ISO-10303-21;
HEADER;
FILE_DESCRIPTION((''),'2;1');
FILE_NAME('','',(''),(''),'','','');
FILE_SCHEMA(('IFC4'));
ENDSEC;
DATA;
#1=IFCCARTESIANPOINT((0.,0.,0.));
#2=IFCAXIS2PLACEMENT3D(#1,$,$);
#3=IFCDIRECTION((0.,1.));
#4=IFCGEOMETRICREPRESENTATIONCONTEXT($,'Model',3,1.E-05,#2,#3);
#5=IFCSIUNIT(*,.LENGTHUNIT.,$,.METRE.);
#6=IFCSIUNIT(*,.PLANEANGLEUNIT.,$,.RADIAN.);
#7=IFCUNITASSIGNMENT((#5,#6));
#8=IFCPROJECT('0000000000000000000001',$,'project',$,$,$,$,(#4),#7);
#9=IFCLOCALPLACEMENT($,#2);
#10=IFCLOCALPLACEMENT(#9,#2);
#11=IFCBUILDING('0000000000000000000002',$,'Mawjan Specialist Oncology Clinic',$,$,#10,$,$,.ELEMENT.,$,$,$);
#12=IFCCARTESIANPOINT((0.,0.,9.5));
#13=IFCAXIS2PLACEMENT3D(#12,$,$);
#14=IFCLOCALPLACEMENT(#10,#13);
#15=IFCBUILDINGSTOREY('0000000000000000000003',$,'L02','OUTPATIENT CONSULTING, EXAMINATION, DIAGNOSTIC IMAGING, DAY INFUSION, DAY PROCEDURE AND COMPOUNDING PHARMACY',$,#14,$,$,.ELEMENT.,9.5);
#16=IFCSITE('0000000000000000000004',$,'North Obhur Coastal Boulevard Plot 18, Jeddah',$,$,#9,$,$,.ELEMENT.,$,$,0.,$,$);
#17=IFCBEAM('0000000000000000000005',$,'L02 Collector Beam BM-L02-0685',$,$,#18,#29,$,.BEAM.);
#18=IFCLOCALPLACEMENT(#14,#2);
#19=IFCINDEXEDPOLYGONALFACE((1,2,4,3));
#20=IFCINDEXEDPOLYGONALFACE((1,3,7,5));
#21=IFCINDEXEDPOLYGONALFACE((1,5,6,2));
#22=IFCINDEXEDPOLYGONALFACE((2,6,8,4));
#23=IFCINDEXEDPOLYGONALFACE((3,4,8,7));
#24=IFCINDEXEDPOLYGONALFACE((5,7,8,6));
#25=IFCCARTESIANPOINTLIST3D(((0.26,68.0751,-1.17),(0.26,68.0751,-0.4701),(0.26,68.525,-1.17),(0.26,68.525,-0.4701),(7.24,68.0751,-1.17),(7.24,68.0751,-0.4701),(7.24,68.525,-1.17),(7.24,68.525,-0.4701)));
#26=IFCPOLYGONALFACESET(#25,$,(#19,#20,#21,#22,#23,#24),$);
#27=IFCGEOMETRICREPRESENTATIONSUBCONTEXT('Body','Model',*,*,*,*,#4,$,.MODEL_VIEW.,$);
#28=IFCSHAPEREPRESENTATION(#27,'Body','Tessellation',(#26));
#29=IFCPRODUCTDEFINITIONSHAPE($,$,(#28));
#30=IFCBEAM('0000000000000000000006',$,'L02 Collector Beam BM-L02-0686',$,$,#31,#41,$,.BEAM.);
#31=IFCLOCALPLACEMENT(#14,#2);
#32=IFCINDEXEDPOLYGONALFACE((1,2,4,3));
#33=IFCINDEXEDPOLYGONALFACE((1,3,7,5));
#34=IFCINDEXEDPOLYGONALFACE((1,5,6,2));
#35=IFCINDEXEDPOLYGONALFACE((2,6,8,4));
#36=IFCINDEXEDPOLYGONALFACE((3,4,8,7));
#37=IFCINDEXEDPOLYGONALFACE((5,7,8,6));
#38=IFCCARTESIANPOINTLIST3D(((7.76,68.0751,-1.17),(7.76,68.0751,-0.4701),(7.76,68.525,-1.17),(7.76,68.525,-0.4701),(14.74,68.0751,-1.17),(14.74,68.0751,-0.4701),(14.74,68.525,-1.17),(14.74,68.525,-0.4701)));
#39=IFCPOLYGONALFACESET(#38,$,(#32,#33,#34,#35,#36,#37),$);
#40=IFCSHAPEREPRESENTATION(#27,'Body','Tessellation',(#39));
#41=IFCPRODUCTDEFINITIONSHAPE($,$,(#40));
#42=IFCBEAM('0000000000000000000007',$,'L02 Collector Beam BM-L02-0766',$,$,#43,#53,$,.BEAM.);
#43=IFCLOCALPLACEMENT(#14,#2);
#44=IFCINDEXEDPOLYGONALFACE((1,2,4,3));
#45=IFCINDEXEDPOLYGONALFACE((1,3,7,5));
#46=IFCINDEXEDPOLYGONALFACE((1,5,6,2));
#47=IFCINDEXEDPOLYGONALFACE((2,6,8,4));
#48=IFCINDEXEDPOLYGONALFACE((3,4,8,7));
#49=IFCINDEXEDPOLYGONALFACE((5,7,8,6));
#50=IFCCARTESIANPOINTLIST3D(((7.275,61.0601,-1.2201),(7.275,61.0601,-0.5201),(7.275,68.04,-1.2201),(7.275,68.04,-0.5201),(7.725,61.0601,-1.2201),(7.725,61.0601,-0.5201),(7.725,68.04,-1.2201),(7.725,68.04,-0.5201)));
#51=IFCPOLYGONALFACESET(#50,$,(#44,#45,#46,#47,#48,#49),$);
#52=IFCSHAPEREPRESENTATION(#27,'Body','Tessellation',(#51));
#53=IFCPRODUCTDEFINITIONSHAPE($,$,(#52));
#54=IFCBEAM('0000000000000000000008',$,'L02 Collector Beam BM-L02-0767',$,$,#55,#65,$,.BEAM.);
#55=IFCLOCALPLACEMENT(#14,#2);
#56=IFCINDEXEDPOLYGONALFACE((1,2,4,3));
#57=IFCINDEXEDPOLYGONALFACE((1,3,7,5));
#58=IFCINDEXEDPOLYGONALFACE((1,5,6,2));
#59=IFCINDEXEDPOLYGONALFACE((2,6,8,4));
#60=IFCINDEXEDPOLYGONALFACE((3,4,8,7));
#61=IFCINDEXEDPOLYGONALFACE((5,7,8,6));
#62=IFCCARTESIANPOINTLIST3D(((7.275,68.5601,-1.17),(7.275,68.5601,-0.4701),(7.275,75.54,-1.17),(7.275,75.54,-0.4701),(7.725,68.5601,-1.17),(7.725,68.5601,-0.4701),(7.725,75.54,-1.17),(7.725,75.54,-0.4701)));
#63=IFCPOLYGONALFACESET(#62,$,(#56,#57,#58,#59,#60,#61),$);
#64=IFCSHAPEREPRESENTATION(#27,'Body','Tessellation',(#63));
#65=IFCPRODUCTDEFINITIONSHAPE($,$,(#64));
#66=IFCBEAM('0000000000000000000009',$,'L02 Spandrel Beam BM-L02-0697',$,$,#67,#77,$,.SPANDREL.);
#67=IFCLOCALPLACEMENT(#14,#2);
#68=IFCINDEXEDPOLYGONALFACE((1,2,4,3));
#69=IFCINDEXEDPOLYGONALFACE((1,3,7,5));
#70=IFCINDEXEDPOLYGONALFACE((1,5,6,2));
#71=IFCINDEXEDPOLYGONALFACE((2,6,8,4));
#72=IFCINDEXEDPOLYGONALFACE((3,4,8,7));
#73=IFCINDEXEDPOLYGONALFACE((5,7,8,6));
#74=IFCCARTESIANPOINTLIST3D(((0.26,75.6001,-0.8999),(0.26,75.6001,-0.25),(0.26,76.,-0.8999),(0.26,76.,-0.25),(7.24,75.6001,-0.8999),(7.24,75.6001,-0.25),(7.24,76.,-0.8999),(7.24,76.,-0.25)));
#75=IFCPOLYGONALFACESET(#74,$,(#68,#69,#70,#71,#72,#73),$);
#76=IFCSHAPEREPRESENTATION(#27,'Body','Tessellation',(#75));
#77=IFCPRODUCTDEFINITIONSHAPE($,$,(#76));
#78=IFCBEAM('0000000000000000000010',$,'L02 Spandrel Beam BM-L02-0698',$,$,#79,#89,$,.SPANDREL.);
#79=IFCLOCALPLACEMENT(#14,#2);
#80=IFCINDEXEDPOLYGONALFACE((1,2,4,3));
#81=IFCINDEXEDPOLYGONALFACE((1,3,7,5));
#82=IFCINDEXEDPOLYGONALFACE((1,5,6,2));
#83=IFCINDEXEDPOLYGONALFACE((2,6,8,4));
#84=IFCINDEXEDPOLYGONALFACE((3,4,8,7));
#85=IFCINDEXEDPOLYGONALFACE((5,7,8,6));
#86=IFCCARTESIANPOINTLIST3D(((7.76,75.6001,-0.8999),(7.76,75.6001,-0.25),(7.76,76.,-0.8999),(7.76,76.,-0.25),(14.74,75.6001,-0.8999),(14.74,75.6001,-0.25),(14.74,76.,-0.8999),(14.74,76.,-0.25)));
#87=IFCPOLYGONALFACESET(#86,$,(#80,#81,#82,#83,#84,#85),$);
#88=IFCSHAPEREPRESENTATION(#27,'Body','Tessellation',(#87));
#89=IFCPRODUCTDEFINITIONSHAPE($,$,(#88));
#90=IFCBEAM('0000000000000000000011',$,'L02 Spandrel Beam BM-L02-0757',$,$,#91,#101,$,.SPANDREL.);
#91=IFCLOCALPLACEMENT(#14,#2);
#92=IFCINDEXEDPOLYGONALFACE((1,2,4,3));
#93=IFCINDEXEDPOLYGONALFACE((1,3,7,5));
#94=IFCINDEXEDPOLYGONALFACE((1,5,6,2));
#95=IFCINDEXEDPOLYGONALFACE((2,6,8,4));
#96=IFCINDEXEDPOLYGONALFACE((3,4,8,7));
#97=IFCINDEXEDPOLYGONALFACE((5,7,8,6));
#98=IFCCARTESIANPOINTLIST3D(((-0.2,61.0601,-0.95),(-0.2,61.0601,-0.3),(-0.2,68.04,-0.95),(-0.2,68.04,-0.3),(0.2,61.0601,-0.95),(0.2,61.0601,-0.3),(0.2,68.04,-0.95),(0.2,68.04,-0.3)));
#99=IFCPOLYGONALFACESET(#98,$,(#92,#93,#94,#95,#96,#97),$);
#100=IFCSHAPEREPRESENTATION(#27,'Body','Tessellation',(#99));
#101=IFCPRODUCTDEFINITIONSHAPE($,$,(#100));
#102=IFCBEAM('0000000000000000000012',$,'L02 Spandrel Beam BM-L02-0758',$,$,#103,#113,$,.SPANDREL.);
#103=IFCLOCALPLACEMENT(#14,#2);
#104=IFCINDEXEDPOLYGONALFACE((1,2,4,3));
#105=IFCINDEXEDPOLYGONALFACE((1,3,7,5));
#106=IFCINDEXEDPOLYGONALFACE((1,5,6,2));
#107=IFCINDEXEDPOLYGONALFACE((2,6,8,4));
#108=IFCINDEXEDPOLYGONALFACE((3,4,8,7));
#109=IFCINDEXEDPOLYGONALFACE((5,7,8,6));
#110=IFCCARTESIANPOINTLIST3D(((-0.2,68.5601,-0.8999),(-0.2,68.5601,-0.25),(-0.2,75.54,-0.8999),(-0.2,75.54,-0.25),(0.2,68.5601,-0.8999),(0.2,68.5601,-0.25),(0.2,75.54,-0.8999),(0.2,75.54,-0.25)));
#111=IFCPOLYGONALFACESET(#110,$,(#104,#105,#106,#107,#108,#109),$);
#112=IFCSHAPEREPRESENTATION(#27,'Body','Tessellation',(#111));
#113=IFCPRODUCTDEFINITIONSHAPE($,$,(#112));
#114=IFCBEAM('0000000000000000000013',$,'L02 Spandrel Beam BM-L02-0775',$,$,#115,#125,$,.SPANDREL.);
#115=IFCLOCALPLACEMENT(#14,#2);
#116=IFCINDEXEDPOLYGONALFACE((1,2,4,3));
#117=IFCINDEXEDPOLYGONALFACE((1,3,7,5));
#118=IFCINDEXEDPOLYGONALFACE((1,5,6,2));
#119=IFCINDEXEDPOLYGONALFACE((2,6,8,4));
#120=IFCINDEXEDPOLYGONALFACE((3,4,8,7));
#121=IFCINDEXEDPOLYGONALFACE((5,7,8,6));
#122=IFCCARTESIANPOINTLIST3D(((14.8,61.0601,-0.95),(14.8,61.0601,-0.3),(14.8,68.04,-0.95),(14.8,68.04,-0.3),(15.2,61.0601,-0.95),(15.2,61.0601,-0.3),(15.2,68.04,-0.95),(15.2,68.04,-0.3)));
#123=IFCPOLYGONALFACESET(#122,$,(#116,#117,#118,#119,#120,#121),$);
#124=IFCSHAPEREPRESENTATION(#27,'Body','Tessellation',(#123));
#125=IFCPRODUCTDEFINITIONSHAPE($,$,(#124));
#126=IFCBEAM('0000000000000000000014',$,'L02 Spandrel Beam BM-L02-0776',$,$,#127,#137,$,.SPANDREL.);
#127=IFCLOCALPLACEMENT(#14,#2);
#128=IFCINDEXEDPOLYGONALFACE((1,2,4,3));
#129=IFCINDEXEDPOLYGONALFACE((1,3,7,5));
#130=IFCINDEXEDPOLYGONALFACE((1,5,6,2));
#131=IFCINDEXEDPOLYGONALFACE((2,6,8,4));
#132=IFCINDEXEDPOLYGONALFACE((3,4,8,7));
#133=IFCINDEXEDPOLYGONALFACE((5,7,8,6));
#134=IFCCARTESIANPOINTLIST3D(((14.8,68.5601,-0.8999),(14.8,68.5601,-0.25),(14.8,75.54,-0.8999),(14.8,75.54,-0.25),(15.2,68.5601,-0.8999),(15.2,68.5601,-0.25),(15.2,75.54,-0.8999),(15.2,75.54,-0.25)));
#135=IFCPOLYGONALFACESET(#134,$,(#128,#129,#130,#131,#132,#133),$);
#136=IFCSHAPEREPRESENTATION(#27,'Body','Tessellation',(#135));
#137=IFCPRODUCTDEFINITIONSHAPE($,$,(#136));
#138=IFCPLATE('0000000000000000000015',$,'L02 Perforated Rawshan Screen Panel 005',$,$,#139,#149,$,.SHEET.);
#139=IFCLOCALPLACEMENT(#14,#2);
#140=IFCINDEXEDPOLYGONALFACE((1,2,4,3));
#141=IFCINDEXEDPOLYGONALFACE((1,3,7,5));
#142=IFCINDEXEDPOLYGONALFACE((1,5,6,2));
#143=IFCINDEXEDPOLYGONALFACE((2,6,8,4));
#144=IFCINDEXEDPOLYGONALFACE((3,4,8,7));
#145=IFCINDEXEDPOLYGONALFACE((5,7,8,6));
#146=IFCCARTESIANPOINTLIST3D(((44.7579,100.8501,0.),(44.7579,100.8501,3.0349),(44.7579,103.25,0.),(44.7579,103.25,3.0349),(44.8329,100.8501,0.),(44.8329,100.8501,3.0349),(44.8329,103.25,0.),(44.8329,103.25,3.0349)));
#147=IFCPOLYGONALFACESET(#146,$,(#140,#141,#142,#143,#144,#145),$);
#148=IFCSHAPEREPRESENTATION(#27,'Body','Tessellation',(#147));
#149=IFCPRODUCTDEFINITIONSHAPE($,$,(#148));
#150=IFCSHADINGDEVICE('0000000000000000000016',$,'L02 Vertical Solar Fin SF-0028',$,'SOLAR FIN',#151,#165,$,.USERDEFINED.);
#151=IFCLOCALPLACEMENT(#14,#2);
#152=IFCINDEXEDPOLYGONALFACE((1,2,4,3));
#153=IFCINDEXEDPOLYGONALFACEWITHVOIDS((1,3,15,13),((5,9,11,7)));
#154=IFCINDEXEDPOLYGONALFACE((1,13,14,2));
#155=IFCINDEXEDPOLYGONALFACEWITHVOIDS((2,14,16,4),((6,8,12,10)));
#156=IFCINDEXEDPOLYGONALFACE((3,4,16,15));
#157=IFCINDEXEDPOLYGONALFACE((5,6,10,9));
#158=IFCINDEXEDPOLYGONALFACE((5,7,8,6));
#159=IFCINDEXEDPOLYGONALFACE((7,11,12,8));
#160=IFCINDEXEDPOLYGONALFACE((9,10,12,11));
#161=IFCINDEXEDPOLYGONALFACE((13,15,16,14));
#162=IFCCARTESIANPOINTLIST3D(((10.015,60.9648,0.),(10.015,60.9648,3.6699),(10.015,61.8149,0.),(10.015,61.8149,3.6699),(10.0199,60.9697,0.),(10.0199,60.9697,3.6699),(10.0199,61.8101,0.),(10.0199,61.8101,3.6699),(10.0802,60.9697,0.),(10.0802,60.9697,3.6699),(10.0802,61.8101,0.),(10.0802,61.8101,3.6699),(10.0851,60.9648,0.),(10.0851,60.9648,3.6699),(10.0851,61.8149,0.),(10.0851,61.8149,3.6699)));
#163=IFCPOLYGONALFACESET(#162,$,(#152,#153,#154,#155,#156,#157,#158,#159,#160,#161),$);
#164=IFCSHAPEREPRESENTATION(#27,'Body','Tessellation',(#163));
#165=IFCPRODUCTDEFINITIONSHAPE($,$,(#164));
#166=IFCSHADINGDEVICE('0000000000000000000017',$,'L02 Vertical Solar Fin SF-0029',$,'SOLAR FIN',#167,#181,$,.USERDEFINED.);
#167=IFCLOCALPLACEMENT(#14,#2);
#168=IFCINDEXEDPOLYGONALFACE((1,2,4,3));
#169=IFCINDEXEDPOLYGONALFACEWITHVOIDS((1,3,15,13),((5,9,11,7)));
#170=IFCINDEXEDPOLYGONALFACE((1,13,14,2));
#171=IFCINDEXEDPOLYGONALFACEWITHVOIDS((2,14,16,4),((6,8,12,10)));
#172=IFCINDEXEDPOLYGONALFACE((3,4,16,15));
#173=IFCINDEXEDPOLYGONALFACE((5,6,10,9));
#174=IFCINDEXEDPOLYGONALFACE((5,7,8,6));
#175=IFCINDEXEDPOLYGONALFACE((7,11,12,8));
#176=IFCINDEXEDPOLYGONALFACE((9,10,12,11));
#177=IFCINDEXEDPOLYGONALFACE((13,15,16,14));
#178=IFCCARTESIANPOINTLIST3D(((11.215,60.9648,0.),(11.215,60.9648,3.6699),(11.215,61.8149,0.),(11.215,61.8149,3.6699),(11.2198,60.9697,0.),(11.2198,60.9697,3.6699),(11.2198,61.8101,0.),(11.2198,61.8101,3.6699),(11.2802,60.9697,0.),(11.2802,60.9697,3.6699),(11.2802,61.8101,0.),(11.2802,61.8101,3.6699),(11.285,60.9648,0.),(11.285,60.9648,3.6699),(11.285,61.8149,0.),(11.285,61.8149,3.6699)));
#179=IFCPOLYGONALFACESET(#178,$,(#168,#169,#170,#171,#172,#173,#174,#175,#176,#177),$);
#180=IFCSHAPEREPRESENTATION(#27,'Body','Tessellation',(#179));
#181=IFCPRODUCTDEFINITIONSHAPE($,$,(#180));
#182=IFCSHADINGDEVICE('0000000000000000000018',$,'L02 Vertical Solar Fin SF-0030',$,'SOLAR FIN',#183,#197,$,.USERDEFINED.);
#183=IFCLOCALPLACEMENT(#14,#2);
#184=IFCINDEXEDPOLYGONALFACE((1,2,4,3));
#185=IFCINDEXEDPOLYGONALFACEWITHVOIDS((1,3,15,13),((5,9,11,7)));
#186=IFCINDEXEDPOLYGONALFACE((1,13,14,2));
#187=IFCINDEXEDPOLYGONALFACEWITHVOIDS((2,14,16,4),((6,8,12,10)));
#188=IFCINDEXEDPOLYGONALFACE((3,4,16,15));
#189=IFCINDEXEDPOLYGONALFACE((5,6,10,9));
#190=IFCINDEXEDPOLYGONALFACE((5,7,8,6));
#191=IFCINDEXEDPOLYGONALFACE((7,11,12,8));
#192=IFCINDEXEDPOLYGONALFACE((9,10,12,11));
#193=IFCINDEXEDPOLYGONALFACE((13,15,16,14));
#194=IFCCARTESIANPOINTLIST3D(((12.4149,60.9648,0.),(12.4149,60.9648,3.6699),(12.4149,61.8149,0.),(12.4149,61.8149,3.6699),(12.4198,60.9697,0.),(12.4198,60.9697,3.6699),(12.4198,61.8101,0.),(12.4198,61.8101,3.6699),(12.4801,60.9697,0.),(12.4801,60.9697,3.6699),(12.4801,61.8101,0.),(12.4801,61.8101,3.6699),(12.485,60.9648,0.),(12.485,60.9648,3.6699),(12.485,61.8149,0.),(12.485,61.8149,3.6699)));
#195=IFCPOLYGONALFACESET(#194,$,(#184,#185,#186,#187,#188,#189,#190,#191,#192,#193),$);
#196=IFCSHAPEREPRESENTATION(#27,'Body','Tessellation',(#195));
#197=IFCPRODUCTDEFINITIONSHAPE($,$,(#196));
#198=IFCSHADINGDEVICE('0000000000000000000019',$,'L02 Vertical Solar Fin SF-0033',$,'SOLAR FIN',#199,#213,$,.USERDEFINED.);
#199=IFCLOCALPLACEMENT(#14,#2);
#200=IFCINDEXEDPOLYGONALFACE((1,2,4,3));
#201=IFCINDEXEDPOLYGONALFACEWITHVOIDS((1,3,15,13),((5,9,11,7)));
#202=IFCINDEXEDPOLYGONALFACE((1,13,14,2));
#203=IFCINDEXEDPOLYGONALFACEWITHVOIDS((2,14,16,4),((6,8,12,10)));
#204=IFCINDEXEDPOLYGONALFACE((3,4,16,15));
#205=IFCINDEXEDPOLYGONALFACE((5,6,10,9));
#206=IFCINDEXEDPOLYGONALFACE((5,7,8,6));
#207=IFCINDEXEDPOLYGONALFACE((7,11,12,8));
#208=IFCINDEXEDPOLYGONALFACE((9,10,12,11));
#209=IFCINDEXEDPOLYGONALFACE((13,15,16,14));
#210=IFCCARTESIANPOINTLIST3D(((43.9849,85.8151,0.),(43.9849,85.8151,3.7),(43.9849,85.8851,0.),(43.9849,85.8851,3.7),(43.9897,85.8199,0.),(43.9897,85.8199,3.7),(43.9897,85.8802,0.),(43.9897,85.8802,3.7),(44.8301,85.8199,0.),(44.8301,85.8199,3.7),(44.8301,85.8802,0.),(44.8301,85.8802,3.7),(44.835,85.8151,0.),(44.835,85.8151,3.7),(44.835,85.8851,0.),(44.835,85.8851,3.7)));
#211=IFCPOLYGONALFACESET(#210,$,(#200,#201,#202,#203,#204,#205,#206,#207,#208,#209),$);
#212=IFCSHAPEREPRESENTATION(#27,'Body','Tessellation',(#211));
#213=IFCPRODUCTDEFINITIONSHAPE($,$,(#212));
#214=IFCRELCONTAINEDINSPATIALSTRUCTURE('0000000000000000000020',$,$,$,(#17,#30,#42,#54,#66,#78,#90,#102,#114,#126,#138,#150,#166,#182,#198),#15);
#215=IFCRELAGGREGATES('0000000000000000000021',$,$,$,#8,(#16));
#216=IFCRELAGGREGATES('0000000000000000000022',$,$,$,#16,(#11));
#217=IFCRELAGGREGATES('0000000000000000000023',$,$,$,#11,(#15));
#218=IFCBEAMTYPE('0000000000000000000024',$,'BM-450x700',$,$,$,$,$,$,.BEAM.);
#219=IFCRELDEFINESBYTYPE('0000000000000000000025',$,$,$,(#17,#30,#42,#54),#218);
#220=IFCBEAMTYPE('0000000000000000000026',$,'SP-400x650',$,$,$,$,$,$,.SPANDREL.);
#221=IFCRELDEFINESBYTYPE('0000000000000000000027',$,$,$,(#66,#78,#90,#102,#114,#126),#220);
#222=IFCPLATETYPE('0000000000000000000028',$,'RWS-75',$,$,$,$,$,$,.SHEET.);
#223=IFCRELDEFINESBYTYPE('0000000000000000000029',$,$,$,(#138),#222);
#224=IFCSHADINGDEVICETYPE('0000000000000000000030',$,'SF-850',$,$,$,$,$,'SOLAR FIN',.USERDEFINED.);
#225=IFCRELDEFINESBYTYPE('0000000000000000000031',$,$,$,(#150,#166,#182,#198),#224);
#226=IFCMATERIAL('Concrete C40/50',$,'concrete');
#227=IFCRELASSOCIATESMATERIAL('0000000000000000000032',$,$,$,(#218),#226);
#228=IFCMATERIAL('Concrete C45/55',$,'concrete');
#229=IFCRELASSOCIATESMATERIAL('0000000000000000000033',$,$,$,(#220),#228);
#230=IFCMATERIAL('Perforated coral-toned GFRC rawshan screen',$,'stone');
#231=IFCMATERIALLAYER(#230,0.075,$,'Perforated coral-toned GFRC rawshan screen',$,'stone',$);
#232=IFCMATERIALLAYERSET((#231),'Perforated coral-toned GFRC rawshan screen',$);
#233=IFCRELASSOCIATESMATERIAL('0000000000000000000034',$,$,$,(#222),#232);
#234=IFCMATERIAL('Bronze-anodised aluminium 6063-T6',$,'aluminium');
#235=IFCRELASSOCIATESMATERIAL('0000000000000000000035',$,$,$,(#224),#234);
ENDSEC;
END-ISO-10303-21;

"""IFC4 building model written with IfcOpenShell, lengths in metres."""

from ifc_helpers import new_model, si_unit, direction, frame, origin, origin_2d, place, context, subcontext, project, spatial, rectangle, hollow_rectangle, extrude, material, layer, layer_set, material_profile, profile_set, type_object, element, save


model = new_model("IFC4")

# Units and contexts
model_context = context("Model", 3, precision=1e-05, world=origin(), true_north=direction((0.0, 1.0)))
body_context = subcontext(model_context, "Body", "Model", "MODEL_VIEW")
ifc_project = project(units=[si_unit("LENGTHUNIT", "METRE"), si_unit("PLANEANGLEUNIT", "RADIAN")], contexts=[model_context])

# Site, building, storey
site_placement = place(None, origin())
site = spatial("IfcSite", under=ifc_project, at=site_placement, Name="North Obhur Coastal Boulevard Plot 18, Jeddah", CompositionType="ELEMENT", RefElevation=0.0)
building_placement = place(site_placement, origin())
building = spatial("IfcBuilding", under=site, at=building_placement, Name="Mawjan Specialist Oncology Clinic", CompositionType="ELEMENT")
storey_placement = place(building_placement, frame((0.0, 0.0, 9.5)))
storey = spatial("IfcBuildingStorey", under=building, at=storey_placement, Name="L02", Description="OUTPATIENT CONSULTING, EXAMINATION, DIAGNOSTIC IMAGING, DAY INFUSION, DAY PROCEDURE AND COMPOUNDING PHARMACY", CompositionType="ELEMENT", Elevation=9.5)

# Beams
ifc_material_1 = material(Name="Concrete C40/50", Category="concrete")
ifc_material_profile_1 = material_profile(ifc_material_1, rectangle(XDim=0.45, YDim=0.7, at=origin_2d()), Name="RC BM 450x700", Category="concrete")
ifc_profile_set_1 = profile_set([ifc_material_profile_1], Name="Concrete C40/50")
beam_type_1 = type_object("IfcBeamType", Name="BM-450x700", PredefinedType="BEAM", material=ifc_profile_set_1)
for number, where, z_axis, x_axis, name in (
    (1, (0.26, 68.3, -0.8201), (1.0, 0.0, 0.0), (0.0, 1.0, 0.0), "L02 Collector Beam BM-L02-0685"),
    (2, (7.76, 68.3, -0.8201), (1.0, 0.0, 0.0), (0.0, 1.0, 0.0), "L02 Collector Beam BM-L02-0686"),
    (3, (7.5, 61.0601, -0.8701), (0.0, 1.0, 0.0), (-1.0, 0.0, 0.0), "L02 Collector Beam BM-L02-0766"),
    (4, (7.5, 68.5601, -0.8201), (0.0, 1.0, 0.0), (-1.0, 0.0, 0.0), "L02 Collector Beam BM-L02-0767"),
):
    element("IfcBeam", number, at=place(storey_placement, frame(where, z_axis=z_axis, x_axis=x_axis)), inside=storey, type_object=beam_type_1, Name=name, PredefinedType="BEAM", context=body_context, shape_type="SweptSolid", body=[
        extrude(rectangle(XDim=0.45, YDim=0.7, at=origin_2d()), origin(), (0.0, 0.0, 1.0), 6.98),
    ])
ifc_material_2 = material(Name="Concrete C45/55", Category="concrete")
ifc_material_profile_2 = material_profile(ifc_material_2, rectangle(XDim=0.3999, YDim=0.6499, at=origin_2d()), Name="RC BM 400x650", Category="concrete")
ifc_profile_set_2 = profile_set([ifc_material_profile_2], Name="Concrete C45/55")
beam_type_2 = type_object("IfcBeamType", Name="SP-400x650", PredefinedType="SPANDREL", material=ifc_profile_set_2)
for number, where, z_axis, x_axis, name in (
    (5, (0.26, 75.8, -0.575), (1.0, 0.0, 0.0), (0.0, 1.0, 0.0), "L02 Spandrel Beam BM-L02-0697"),
    (6, (7.76, 75.8, -0.575), (1.0, 0.0, 0.0), (0.0, 1.0, 0.0), "L02 Spandrel Beam BM-L02-0698"),
    (7, (0.0, 61.0601, -0.625), (0.0, 1.0, 0.0), (-1.0, 0.0, 0.0), "L02 Spandrel Beam BM-L02-0757"),
    (8, (0.0, 68.5601, -0.575), (0.0, 1.0, 0.0), (-1.0, 0.0, 0.0), "L02 Spandrel Beam BM-L02-0758"),
    (9, (15.0, 61.0601, -0.625), (0.0, 1.0, 0.0), (-1.0, 0.0, 0.0), "L02 Spandrel Beam BM-L02-0775"),
    (10, (15.0, 68.5601, -0.575), (0.0, 1.0, 0.0), (-1.0, 0.0, 0.0), "L02 Spandrel Beam BM-L02-0776"),
):
    element("IfcBeam", number, at=place(storey_placement, frame(where, z_axis=z_axis, x_axis=x_axis)), inside=storey, type_object=beam_type_2, Name=name, PredefinedType="SPANDREL", context=body_context, shape_type="SweptSolid", body=[
        extrude(rectangle(XDim=0.3999, YDim=0.6499, at=origin_2d()), origin(), (0.0, 0.0, 1.0), 6.98),
    ])

# Plate
ifc_material_3 = material(Name="Perforated coral-toned GFRC rawshan screen", Category="stone")
ifc_layer_1 = layer(ifc_material_3, 0.075, Name="Perforated coral-toned GFRC rawshan screen", Category="stone")
ifc_layer_set_1 = layer_set([ifc_layer_1], Name="Perforated coral-toned GFRC rawshan screen")
plate_type = type_object("IfcPlateType", Name="RWS-75", PredefinedType="SHEET", material=ifc_layer_set_1)
plate_placement = place(storey_placement, frame((44.7954, 102.05, 0.0), z_axis=(0.0, 0.0, 1.0), x_axis=(0.0, 1.0, 0.0)))
element("IfcPlate", 11, at=plate_placement, inside=storey, type_object=plate_type, Name="L02 Perforated Rawshan Screen Panel 005", PredefinedType="SHEET", context=body_context, shape_type="SweptSolid", body=[
    extrude(rectangle(XDim=2.3999, YDim=0.075, at=origin_2d()), origin(), (0.0, 0.0, 1.0), 3.0349),
])

# Shading devices
ifc_material_4 = material(Name="Bronze-anodised aluminium 6063-T6", Category="aluminium")
ifc_material_profile_3 = material_profile(ifc_material_4, hollow_rectangle(XDim=0.0701, YDim=0.8501, WallThickness=0.0049, at=origin_2d()), Name="FIN 850x70x5", Category="aluminium")
ifc_profile_set_3 = profile_set([ifc_material_profile_3], Name="Bronze-anodised aluminium 6063-T6")
shading_device_type = type_object("IfcShadingDeviceType", Name="SF-850", ElementType="SOLAR FIN", PredefinedType="USERDEFINED", material=ifc_profile_set_3)
for number, where, z_axis, x_axis, name in (
    (12, (10.05, 61.3899, 0.0), (0.0, 0.0, 1.0), (1.0, 0.0, 0.0), "L02 Vertical Solar Fin SF-0028"),
    (13, (11.25, 61.3899, 0.0), (0.0, 0.0, 1.0), (1.0, 0.0, 0.0), "L02 Vertical Solar Fin SF-0029"),
    (14, (12.45, 61.3899, 0.0), (0.0, 0.0, 1.0), (1.0, 0.0, 0.0), "L02 Vertical Solar Fin SF-0030"),
):
    element("IfcShadingDevice", number, at=place(storey_placement, frame(where, z_axis=z_axis, x_axis=x_axis)), inside=storey, type_object=shading_device_type, Name=name, ObjectType="SOLAR FIN", PredefinedType="USERDEFINED", context=body_context, shape_type="SweptSolid", body=[
        extrude(hollow_rectangle(XDim=0.0701, YDim=0.8501, WallThickness=0.0049, at=origin_2d()), origin(), (0.0, 0.0, 1.0), 3.6699),
    ])
for number, where, z_axis, x_axis, name in (
    (15, (44.4099, 85.8501, 0.0), (0.0, 0.0, 1.0), (0.0, 1.0, 0.0), "L02 Vertical Solar Fin SF-0033"),
):
    element("IfcShadingDevice", number, at=place(storey_placement, frame(where, z_axis=z_axis, x_axis=x_axis)), inside=storey, type_object=shading_device_type, Name=name, ObjectType="SOLAR FIN", PredefinedType="USERDEFINED", context=body_context, shape_type="SweptSolid", body=[
        extrude(hollow_rectangle(XDim=0.0701, YDim=0.8501, WallThickness=0.0049, at=origin_2d()), origin(), (0.0, 0.0, 1.0), 3.7),
    ])

save(model, "model.ifc")
